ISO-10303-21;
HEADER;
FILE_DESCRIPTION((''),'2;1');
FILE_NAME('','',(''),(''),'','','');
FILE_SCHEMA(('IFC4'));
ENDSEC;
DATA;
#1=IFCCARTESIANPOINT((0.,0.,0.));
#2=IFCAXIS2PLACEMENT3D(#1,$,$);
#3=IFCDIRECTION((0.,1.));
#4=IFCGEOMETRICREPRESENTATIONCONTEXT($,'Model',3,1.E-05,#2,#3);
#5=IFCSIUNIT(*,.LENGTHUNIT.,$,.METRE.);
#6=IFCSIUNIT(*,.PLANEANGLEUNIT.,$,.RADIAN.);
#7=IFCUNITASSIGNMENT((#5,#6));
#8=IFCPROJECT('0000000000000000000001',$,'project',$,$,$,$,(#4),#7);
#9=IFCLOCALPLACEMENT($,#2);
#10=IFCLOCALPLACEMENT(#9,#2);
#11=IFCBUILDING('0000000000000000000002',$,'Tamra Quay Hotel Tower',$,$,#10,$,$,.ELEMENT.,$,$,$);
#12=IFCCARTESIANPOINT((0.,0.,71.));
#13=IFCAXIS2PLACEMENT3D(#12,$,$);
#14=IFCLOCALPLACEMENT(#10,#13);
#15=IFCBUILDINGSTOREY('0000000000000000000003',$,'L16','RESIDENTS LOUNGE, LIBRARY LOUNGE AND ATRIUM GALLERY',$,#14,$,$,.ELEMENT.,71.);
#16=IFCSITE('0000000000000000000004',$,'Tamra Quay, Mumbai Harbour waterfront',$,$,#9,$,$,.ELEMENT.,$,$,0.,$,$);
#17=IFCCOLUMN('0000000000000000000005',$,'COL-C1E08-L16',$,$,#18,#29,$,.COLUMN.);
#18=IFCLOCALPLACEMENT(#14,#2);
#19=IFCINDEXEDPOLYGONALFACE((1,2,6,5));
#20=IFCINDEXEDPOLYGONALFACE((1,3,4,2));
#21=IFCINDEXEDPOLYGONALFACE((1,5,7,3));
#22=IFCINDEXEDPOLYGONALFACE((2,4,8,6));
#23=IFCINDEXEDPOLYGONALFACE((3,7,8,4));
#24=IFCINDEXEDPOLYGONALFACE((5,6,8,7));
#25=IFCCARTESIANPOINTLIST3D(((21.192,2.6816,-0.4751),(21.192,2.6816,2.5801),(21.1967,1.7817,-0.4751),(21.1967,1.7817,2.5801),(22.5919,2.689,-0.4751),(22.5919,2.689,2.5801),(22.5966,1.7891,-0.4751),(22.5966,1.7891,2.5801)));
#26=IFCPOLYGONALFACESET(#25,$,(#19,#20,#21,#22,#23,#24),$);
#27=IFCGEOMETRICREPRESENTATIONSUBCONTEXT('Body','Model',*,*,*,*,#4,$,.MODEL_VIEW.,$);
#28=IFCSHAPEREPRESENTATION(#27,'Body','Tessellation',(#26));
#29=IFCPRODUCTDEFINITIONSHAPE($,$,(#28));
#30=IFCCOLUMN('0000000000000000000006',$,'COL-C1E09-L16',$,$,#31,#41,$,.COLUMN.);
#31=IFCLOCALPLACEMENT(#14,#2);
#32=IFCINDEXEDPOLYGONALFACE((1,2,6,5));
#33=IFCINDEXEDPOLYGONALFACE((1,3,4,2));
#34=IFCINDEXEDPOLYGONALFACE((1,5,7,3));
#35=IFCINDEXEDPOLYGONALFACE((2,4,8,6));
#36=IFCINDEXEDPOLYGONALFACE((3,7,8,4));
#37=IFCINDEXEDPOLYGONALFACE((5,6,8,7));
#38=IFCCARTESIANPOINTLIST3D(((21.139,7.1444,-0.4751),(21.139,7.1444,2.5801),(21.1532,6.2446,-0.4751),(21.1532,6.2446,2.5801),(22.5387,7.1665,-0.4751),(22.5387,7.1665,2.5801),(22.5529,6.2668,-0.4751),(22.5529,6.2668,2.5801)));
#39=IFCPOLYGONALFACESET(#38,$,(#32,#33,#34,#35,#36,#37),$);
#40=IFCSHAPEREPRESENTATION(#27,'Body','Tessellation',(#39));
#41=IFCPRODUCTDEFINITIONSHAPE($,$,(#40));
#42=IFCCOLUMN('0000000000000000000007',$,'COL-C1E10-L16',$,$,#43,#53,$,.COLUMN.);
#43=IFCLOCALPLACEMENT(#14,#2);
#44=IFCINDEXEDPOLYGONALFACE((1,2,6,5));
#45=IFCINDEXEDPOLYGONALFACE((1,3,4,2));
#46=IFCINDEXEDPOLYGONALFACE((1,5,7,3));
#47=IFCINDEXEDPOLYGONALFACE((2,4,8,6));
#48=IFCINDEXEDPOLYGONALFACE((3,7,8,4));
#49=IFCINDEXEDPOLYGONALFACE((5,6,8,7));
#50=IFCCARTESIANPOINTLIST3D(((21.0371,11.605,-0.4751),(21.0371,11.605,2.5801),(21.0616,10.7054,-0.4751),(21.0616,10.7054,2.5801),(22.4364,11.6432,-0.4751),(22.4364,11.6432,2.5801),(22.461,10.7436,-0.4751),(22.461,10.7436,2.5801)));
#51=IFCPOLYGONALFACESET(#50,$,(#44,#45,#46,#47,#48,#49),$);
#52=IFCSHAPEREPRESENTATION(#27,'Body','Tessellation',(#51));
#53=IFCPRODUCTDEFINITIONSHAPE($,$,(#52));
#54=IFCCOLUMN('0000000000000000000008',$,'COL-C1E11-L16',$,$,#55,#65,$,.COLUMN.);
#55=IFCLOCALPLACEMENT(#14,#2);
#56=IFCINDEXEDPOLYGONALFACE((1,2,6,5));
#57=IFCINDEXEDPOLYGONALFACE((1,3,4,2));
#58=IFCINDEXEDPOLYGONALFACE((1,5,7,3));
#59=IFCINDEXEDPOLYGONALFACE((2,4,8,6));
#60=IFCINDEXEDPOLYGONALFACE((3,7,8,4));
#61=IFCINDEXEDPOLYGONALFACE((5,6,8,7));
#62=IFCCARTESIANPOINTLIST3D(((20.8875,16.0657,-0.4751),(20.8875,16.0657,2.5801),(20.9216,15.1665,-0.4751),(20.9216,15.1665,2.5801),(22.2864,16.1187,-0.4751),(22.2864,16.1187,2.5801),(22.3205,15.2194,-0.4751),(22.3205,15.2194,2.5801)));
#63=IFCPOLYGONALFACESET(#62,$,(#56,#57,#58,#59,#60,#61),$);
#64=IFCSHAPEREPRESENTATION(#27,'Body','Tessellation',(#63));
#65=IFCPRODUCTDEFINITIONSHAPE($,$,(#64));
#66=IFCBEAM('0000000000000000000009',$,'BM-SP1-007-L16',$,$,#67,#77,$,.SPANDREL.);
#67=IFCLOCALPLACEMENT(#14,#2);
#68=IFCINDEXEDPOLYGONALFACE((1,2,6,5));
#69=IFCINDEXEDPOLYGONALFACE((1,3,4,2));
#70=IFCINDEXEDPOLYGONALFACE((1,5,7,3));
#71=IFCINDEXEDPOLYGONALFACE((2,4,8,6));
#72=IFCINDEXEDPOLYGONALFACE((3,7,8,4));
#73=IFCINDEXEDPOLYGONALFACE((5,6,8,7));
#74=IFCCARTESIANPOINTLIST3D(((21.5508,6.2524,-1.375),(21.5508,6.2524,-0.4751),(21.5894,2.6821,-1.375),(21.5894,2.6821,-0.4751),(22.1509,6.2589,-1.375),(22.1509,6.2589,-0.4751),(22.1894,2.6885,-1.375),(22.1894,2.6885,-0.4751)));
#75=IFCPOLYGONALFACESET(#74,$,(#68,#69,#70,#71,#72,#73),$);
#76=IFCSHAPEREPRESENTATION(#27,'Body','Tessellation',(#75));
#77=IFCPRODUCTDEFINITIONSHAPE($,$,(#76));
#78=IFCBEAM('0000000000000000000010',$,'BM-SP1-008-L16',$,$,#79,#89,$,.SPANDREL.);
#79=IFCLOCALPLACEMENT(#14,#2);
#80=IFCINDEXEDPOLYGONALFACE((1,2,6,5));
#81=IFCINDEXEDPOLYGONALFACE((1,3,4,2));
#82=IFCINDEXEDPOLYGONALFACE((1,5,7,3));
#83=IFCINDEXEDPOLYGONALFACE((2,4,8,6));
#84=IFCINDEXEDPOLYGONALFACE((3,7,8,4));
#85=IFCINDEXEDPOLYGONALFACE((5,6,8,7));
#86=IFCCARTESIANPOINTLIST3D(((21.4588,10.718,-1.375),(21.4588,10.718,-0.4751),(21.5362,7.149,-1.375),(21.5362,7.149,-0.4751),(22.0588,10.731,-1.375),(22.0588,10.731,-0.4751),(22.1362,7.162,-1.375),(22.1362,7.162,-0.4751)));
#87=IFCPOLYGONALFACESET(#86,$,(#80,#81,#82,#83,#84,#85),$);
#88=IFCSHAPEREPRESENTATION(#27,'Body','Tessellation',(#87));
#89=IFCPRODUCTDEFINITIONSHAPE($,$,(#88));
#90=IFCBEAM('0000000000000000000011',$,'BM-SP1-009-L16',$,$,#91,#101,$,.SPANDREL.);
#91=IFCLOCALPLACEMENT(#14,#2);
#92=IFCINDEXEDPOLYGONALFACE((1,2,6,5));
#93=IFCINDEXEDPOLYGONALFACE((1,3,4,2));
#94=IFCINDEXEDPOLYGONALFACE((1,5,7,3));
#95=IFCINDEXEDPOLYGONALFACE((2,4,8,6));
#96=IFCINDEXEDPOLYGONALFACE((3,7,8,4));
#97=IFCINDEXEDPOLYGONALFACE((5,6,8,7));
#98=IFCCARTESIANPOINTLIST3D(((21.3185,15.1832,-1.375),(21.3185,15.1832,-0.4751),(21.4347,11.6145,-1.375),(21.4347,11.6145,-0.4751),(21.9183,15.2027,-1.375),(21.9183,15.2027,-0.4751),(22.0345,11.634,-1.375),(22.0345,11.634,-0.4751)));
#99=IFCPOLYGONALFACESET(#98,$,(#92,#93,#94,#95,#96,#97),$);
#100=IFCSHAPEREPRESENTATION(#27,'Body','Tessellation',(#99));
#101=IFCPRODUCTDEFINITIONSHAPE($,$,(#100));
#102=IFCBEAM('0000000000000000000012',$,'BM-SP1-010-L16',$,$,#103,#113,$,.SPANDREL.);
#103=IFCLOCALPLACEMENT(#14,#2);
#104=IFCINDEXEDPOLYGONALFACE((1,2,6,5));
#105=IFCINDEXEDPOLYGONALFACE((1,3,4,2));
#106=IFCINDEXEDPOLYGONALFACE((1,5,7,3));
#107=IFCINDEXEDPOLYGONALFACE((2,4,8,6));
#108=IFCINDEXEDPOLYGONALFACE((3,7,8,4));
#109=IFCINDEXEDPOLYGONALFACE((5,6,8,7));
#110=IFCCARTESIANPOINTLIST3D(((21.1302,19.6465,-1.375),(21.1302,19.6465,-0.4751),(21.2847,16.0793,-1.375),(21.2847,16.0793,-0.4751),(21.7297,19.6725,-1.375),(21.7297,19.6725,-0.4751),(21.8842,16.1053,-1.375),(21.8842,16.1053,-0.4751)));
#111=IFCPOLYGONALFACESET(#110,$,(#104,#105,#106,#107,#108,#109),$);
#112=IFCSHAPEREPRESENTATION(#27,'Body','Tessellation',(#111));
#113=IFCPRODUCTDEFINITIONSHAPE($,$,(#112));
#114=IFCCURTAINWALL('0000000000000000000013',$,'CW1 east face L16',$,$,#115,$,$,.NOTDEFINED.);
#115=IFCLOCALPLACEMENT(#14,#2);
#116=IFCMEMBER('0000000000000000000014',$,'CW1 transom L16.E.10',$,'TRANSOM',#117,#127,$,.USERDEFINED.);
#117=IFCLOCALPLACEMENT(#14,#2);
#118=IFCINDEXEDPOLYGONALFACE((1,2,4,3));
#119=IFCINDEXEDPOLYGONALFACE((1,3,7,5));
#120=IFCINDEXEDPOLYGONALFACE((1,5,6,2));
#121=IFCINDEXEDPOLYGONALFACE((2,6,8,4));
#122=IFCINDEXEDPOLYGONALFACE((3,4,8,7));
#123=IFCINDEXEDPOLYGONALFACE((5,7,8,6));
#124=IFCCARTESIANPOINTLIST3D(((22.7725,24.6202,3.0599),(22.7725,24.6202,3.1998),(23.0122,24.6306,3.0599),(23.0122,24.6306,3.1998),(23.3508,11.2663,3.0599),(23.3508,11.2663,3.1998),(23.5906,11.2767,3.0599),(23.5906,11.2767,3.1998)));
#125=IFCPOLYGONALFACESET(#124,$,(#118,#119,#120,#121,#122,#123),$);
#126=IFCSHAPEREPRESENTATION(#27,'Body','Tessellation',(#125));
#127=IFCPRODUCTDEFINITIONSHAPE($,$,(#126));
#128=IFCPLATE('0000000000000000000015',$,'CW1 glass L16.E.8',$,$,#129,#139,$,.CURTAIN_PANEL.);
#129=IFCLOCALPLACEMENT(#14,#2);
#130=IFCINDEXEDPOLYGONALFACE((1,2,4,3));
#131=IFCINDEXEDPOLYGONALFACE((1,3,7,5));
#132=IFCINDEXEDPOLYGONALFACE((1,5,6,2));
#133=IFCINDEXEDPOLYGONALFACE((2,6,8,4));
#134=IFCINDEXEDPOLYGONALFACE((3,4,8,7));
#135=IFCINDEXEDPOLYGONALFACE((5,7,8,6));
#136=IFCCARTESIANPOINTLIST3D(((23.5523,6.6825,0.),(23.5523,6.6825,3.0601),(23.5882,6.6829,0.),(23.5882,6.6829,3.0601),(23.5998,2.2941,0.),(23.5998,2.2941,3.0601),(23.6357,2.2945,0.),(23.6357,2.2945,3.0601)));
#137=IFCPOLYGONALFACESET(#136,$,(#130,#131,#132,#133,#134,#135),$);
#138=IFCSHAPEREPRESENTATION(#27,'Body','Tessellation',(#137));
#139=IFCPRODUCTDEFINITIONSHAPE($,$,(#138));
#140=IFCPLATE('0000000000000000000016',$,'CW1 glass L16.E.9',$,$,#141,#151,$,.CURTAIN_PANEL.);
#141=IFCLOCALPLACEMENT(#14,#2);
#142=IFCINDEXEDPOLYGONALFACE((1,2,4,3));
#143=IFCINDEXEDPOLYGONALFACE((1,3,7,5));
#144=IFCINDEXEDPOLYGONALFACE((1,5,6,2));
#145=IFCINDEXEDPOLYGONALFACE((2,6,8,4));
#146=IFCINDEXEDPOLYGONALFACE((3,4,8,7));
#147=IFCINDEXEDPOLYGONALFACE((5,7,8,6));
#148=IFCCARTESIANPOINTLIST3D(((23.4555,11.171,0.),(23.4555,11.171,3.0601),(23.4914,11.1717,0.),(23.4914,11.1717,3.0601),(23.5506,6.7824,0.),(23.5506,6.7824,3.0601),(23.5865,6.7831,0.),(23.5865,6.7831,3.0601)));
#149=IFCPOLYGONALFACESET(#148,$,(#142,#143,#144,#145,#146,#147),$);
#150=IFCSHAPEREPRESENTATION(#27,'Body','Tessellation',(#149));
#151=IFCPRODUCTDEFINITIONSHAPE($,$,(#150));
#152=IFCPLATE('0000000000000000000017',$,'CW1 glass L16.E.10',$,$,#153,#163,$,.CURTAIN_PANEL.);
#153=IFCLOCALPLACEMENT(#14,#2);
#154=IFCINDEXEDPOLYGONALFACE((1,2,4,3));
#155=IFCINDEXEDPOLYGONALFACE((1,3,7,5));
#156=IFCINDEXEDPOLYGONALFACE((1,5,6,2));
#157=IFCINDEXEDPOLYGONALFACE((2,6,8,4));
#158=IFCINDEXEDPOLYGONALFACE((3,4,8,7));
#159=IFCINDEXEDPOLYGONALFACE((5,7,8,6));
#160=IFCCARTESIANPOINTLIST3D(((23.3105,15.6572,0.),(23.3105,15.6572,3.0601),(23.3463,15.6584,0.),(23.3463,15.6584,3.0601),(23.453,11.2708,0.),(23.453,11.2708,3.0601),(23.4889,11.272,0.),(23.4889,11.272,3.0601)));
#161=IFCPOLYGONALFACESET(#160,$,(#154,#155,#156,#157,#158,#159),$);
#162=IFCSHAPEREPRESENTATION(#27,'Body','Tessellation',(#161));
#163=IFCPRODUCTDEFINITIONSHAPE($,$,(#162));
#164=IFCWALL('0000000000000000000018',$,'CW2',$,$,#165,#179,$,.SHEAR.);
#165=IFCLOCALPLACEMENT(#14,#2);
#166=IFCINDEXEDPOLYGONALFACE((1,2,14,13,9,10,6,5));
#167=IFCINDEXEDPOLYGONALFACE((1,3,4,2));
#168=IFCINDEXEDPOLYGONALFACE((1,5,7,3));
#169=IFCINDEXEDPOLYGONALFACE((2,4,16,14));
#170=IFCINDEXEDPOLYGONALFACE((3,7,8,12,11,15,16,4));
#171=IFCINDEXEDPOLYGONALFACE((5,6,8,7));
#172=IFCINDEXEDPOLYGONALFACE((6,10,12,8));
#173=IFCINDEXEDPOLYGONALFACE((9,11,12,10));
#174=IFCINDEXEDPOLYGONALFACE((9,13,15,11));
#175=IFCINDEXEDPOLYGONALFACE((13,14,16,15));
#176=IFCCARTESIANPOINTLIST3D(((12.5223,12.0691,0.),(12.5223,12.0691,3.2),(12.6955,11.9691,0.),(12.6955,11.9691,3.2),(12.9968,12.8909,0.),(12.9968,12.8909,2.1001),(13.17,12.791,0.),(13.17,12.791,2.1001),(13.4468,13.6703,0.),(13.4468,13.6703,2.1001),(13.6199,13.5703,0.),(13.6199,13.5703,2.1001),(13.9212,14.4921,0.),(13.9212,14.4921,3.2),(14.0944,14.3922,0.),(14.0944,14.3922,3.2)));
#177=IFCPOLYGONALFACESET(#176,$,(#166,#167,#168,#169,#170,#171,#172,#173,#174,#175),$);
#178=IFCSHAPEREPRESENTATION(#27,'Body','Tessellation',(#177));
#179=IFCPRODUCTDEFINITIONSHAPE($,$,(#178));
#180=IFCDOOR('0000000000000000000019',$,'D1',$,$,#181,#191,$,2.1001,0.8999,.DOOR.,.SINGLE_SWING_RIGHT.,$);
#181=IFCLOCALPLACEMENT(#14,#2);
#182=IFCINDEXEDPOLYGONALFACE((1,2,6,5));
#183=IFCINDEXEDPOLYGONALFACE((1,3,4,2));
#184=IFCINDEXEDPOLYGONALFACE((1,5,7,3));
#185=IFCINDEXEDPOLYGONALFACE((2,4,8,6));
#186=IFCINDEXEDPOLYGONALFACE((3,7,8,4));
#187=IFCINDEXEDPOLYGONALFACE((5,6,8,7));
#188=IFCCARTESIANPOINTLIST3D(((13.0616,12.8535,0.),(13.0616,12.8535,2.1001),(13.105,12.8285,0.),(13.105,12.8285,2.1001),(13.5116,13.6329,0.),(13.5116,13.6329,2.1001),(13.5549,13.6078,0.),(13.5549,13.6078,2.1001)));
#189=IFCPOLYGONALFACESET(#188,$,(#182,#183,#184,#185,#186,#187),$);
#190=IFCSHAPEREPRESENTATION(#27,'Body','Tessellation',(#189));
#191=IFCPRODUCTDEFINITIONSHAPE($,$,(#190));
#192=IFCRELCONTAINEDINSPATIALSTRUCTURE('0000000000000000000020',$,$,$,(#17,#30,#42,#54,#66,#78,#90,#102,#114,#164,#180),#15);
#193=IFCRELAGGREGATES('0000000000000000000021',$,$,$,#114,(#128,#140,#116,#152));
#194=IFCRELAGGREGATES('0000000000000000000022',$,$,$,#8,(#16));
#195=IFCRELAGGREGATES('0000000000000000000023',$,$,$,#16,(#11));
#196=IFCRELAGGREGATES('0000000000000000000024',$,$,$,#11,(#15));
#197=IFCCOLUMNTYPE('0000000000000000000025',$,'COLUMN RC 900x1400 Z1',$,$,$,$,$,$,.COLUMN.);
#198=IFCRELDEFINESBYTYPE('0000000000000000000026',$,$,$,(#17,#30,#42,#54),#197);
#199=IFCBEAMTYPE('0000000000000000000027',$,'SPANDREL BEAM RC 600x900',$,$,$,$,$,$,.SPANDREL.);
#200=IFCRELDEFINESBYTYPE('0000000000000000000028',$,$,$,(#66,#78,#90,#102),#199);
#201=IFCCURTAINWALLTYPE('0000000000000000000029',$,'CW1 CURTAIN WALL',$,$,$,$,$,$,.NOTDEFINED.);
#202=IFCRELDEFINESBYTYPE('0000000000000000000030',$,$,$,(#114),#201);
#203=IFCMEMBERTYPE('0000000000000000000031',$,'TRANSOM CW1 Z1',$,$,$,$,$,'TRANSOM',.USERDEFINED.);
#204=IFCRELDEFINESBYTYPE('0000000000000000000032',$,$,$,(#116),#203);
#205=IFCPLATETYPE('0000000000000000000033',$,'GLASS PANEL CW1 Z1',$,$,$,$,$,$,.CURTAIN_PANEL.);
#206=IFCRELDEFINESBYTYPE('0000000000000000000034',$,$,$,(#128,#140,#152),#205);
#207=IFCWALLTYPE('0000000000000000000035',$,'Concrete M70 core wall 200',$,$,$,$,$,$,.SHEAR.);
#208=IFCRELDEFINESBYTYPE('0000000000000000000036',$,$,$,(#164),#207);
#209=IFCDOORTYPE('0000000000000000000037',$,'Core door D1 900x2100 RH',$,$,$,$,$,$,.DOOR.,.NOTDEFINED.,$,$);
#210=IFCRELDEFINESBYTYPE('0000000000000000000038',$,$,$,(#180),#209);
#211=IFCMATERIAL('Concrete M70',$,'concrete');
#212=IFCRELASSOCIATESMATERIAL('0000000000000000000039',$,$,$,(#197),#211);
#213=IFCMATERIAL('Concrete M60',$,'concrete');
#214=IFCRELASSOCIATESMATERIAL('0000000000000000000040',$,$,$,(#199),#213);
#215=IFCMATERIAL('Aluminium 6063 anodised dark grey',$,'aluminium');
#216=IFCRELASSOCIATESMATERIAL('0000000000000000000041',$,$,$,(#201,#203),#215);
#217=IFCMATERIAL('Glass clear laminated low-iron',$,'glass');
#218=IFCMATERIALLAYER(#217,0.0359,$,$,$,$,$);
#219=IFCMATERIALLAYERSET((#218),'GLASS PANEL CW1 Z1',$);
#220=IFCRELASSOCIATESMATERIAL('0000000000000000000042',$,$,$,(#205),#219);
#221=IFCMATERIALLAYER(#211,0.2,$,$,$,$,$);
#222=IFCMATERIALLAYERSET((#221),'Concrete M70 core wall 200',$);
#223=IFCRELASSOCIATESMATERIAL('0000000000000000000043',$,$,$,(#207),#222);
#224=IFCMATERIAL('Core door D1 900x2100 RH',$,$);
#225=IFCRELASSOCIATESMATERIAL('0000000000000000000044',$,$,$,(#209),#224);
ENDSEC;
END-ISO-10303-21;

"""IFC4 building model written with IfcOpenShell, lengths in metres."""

from ifc_helpers import new_model, si_unit, direction, frame, frame_2d, origin, origin_2d, place, context, subcontext, project, spatial, rectangle, extrude, material, layer, layer_set, material_profile, profile_set, type_object, element, fill, aggregate, save


model = new_model("IFC4")

# Units and contexts
model_context = context("Model", 3, precision=1e-05, world=origin(), true_north=direction((0.0, 1.0)))
body_context = subcontext(model_context, "Body", "Model", "MODEL_VIEW")
ifc_project = project(units=[si_unit("LENGTHUNIT", "METRE"), si_unit("PLANEANGLEUNIT", "RADIAN")], contexts=[model_context])

# Site, building, storey
site_placement = place(None, origin())
site = spatial("IfcSite", under=ifc_project, at=site_placement, Name="Tamra Quay, Mumbai Harbour waterfront", CompositionType="ELEMENT", RefElevation=0.0)
building_placement = place(site_placement, origin())
building = spatial("IfcBuilding", under=site, at=building_placement, Name="Tamra Quay Hotel Tower", CompositionType="ELEMENT")
storey_placement = place(building_placement, frame((0.0, 0.0, 71.0)))
storey = spatial("IfcBuildingStorey", under=building, at=storey_placement, Name="L16", Description="RESIDENTS LOUNGE, LIBRARY LOUNGE AND ATRIUM GALLERY", CompositionType="ELEMENT", Elevation=71.0)

# Columns
ifc_material_1 = material(Name="Concrete M70", Category="concrete")
ifc_material_profile_1 = material_profile(ifc_material_1, rectangle(XDim=1.3999, YDim=0.8999, at=origin_2d()), Name="COLUMN RC 900x1400 Z1")
ifc_profile_set_1 = profile_set([ifc_material_profile_1], Name="Concrete M70")
column_type = type_object("IfcColumnType", Name="COLUMN RC 900x1400 Z1", PredefinedType="COLUMN", material=ifc_profile_set_1)
for number, where, z_axis, x_axis, name in (
    (1, (21.8943, 2.2354, -0.4751), (0.0, 0.0, 1.0), (0.999986, 0.00528, 0.0), "COL-C1E08-L16"),
    (2, (21.8459, 6.7056, -0.4751), (0.0, 0.0, 1.0), (0.999875, 0.015838, 0.0), "COL-C1E09-L16"),
    (3, (21.749, 11.1743, -0.4751), (0.0, 0.0, 1.0), (0.999628, 0.027269, 0.0), "COL-C1E10-L16"),
    (4, (21.604, 15.6426, -0.4751), (0.0, 0.0, 1.0), (0.999285, 0.037812, 0.0), "COL-C1E11-L16"),
):
    element("IfcColumn", number, at=place(storey_placement, frame(where, z_axis=z_axis, x_axis=x_axis)), inside=storey, type_object=column_type, Name=name, PredefinedType="COLUMN", context=body_context, shape_type="SweptSolid", body=[
        extrude(rectangle(XDim=1.3999, YDim=0.8999, at=origin_2d()), origin(), (0.0, 0.0, 1.0), 3.0552),
    ])

# Beams
ifc_material_2 = material(Name="Concrete M60", Category="concrete")
ifc_material_profile_2 = material_profile(ifc_material_2, rectangle(XDim=0.6001, YDim=0.8999, at=origin_2d()), Name="SPANDREL BEAM RC 600x900")
ifc_profile_set_2 = profile_set([ifc_material_profile_2], Name="Concrete M60")
beam_type = type_object("IfcBeamType", Name="SPANDREL BEAM RC 600x900", PredefinedType="SPANDREL", material=ifc_profile_set_2)
beam_1_placement = place(storey_placement, frame((21.8894, 2.6853, -0.925), z_axis=(-0.010804, 0.999942, 0.0), x_axis=(-0.999942, -0.010804, 0.0)))
element("IfcBeam", 5, at=beam_1_placement, inside=storey, type_object=beam_type, Name="BM-SP1-007-L16", PredefinedType="SPANDREL", context=body_context, shape_type="SweptSolid", body=[
    extrude(rectangle(XDim=0.6001, YDim=0.8999, at=origin_2d()), origin(), (0.0, 0.0, 1.0), 3.5706),
])
beam_2_placement = place(storey_placement, frame((21.8362, 7.1555, -0.925), z_axis=(-0.021679, 0.999765, 0.0), x_axis=(-0.999765, -0.021679, 0.0)))
element("IfcBeam", 6, at=beam_2_placement, inside=storey, type_object=beam_type, Name="BM-SP1-008-L16", PredefinedType="SPANDREL", context=body_context, shape_type="SweptSolid", body=[
    extrude(rectangle(XDim=0.6001, YDim=0.8999, at=origin_2d()), origin(), (0.0, 0.0, 1.0), 3.5698),
])
for number, where, z_axis, x_axis, name in (
    (7, (21.7346, 11.6243, -0.925), (-0.032548, 0.99947, 0.0), (-0.99947, -0.032548, 0.0), "BM-SP1-009-L16"),
    (8, (21.5845, 16.0923, -0.925), (-0.043283, 0.999063, 0.0), (-0.999063, -0.043283, 0.0), "BM-SP1-010-L16"),
):
    element("IfcBeam", number, at=place(storey_placement, frame(where, z_axis=z_axis, x_axis=x_axis)), inside=storey, type_object=beam_type, Name=name, PredefinedType="SPANDREL", context=body_context, shape_type="SweptSolid", body=[
        extrude(rectangle(XDim=0.6001, YDim=0.8999, at=origin_2d()), origin(), (0.0, 0.0, 1.0), 3.5706),
    ])

# Curtain wall, member, plates
ifc_material_3 = material(Name="Aluminium 6063 anodised dark grey", Category="aluminium")
curtain_wall_type = type_object("IfcCurtainWallType", Name="CW1 CURTAIN WALL", PredefinedType="NOTDEFINED", material=ifc_material_3)
curtain_wall_placement = place(storey_placement, origin())
curtain_wall = element("IfcCurtainWall", 9, at=curtain_wall_placement, inside=storey, type_object=curtain_wall_type, Name="CW1 east face L16", PredefinedType="NOTDEFINED")
ifc_material_profile_3 = material_profile(ifc_material_3, rectangle(XDim=0.24, YDim=0.1399, at=origin_2d()), Name="TRANSOM 240X140")
ifc_profile_set_3 = profile_set([ifc_material_profile_3], Name="Aluminium 6063 anodised dark grey")
member_type = type_object("IfcMemberType", Name="TRANSOM CW1 Z1", ElementType="TRANSOM", PredefinedType="USERDEFINED", material=ifc_profile_set_3)
member_placement = place(storey_placement, frame((23.4707, 11.2715, 3.1299), z_axis=(-0.04327, 0.999063, 0.0), x_axis=(-0.999063, -0.04327, 0.0)))
member = element("IfcMember", 10, at=member_placement, type_object=member_type, Name="CW1 transom L16.E.10", ObjectType="TRANSOM", PredefinedType="USERDEFINED", context=body_context, shape_type="SweptSolid", body=[
    extrude(rectangle(XDim=0.24, YDim=0.1399, at=origin_2d()), origin(), (0.0, 0.0, 1.0), 13.3665),
])
ifc_material_4 = material(Name="Glass clear laminated low-iron", Category="glass")
ifc_layer_1 = layer(ifc_material_4, 0.0359)
ifc_layer_set_1 = layer_set([ifc_layer_1], Name="GLASS PANEL CW1 Z1")
plate_type = type_object("IfcPlateType", Name="GLASS PANEL CW1 Z1", PredefinedType="CURTAIN_PANEL", material=ifc_layer_set_1)
plate_1_placement = place(storey_placement, frame((23.594, 4.4885, 0.0), z_axis=(0.0, 0.0, 1.0), x_axis=(-0.010836, 0.999941, 0.0)))
plate_1 = element("IfcPlate", 11, at=plate_1_placement, type_object=plate_type, Name="CW1 glass L16.E.8", PredefinedType="CURTAIN_PANEL", context=body_context, shape_type="SweptSolid", body=[
    extrude(rectangle(XDim=4.3887, YDim=0.0359, at=origin_2d()), origin(), (0.0, 0.0, 1.0), 3.0601),
])
plate_2_placement = place(storey_placement, frame((23.521, 8.9771, 0.0), z_axis=(0.0, 0.0, 1.0), x_axis=(-0.021658, 0.999765, 0.0)))
plate_2 = element("IfcPlate", 12, at=plate_2_placement, type_object=plate_type, Name="CW1 glass L16.E.9", PredefinedType="CURTAIN_PANEL", context=body_context, shape_type="SweptSolid", body=[
    extrude(rectangle(XDim=4.3896, YDim=0.0359, at=origin_2d()), origin(), (0.0, 0.0, 1.0), 3.0601),
])
plate_3_placement = place(storey_placement, frame((23.3997, 13.4646, 0.0), z_axis=(0.0, 0.0, 1.0), x_axis=(-0.032475, 0.999473, 0.0)))
plate_3 = element("IfcPlate", 13, at=plate_3_placement, type_object=plate_type, Name="CW1 glass L16.E.10", PredefinedType="CURTAIN_PANEL", context=body_context, shape_type="SweptSolid", body=[
    extrude(rectangle(XDim=4.3887, YDim=0.0359, at=origin_2d()), origin(), (0.0, 0.0, 1.0), 3.0601),
])
aggregate(curtain_wall, [plate_1, plate_2, member, plate_3])

# Wall, opening, door
ifc_layer_2 = layer(ifc_material_1, 0.2)
ifc_layer_set_2 = layer_set([ifc_layer_2], Name="Concrete M70 core wall 200")
wall_type_1 = type_object("IfcWallType", Name="Concrete M70 core wall 200", PredefinedType="SHEAR", material=ifc_layer_set_2)
wall_1_placement = place(storey_placement, frame((14.0078, 14.4421, 0.0), z_axis=(0.0, 0.0, 1.0), x_axis=(-0.499987, -0.866033, 0.0)))
wall_1 = element("IfcWall", 14, at=wall_1_placement, inside=storey, type_object=wall_type_1, Name="CW2", PredefinedType="SHEAR", context=body_context, shape_type="SweptSolid", body=[
    extrude(rectangle(XDim=2.7979, YDim=0.2, at=frame_2d((1.3989, 0.0))), origin(), (0.0, 0.0, 1.0), 3.2),
])
opening_placement = place(wall_1_placement, frame((0.949, 0.0, 0.0)))
opening = element("IfcOpeningElement", 15, at=opening_placement, cuts=wall_1, PredefinedType="OPENING", context=body_context, shape_type="SweptSolid", body=[
    extrude(rectangle(XDim=0.8999, YDim=2.1001, at=frame_2d((0.45, 1.05))), frame((0.0, 0.1099, 0.0), z_axis=(0.0, -1.0, 0.0), x_axis=(1.0, 0.0, 0.0)), (0.0, 0.0, 1.0), 0.22),
])
ifc_material_5 = material(Name="Core door D1 900x2100 RH")
door_type = type_object("IfcDoorType", Name="Core door D1 900x2100 RH", OperationType="NOTDEFINED", PredefinedType="DOOR", material=ifc_material_5)
door_placement = place(opening_placement, origin())
door = element("IfcDoor", 16, at=door_placement, inside=storey, type_object=door_type, Name="D1", OperationType="SINGLE_SWING_RIGHT", OverallHeight=2.1001, OverallWidth=0.8999, PredefinedType="DOOR", context=body_context, shape_type="SweptSolid", body=[
    extrude(rectangle(XDim=0.8999, YDim=2.1001, at=frame_2d((0.45, 1.05))), frame((0.0, 0.0249, 0.0), z_axis=(0.0, -1.0, 0.0), x_axis=(1.0, 0.0, 0.0)), (0.0, 0.0, 1.0), 0.05),
])
fill(opening, door)

save(model, "model.ifc")
